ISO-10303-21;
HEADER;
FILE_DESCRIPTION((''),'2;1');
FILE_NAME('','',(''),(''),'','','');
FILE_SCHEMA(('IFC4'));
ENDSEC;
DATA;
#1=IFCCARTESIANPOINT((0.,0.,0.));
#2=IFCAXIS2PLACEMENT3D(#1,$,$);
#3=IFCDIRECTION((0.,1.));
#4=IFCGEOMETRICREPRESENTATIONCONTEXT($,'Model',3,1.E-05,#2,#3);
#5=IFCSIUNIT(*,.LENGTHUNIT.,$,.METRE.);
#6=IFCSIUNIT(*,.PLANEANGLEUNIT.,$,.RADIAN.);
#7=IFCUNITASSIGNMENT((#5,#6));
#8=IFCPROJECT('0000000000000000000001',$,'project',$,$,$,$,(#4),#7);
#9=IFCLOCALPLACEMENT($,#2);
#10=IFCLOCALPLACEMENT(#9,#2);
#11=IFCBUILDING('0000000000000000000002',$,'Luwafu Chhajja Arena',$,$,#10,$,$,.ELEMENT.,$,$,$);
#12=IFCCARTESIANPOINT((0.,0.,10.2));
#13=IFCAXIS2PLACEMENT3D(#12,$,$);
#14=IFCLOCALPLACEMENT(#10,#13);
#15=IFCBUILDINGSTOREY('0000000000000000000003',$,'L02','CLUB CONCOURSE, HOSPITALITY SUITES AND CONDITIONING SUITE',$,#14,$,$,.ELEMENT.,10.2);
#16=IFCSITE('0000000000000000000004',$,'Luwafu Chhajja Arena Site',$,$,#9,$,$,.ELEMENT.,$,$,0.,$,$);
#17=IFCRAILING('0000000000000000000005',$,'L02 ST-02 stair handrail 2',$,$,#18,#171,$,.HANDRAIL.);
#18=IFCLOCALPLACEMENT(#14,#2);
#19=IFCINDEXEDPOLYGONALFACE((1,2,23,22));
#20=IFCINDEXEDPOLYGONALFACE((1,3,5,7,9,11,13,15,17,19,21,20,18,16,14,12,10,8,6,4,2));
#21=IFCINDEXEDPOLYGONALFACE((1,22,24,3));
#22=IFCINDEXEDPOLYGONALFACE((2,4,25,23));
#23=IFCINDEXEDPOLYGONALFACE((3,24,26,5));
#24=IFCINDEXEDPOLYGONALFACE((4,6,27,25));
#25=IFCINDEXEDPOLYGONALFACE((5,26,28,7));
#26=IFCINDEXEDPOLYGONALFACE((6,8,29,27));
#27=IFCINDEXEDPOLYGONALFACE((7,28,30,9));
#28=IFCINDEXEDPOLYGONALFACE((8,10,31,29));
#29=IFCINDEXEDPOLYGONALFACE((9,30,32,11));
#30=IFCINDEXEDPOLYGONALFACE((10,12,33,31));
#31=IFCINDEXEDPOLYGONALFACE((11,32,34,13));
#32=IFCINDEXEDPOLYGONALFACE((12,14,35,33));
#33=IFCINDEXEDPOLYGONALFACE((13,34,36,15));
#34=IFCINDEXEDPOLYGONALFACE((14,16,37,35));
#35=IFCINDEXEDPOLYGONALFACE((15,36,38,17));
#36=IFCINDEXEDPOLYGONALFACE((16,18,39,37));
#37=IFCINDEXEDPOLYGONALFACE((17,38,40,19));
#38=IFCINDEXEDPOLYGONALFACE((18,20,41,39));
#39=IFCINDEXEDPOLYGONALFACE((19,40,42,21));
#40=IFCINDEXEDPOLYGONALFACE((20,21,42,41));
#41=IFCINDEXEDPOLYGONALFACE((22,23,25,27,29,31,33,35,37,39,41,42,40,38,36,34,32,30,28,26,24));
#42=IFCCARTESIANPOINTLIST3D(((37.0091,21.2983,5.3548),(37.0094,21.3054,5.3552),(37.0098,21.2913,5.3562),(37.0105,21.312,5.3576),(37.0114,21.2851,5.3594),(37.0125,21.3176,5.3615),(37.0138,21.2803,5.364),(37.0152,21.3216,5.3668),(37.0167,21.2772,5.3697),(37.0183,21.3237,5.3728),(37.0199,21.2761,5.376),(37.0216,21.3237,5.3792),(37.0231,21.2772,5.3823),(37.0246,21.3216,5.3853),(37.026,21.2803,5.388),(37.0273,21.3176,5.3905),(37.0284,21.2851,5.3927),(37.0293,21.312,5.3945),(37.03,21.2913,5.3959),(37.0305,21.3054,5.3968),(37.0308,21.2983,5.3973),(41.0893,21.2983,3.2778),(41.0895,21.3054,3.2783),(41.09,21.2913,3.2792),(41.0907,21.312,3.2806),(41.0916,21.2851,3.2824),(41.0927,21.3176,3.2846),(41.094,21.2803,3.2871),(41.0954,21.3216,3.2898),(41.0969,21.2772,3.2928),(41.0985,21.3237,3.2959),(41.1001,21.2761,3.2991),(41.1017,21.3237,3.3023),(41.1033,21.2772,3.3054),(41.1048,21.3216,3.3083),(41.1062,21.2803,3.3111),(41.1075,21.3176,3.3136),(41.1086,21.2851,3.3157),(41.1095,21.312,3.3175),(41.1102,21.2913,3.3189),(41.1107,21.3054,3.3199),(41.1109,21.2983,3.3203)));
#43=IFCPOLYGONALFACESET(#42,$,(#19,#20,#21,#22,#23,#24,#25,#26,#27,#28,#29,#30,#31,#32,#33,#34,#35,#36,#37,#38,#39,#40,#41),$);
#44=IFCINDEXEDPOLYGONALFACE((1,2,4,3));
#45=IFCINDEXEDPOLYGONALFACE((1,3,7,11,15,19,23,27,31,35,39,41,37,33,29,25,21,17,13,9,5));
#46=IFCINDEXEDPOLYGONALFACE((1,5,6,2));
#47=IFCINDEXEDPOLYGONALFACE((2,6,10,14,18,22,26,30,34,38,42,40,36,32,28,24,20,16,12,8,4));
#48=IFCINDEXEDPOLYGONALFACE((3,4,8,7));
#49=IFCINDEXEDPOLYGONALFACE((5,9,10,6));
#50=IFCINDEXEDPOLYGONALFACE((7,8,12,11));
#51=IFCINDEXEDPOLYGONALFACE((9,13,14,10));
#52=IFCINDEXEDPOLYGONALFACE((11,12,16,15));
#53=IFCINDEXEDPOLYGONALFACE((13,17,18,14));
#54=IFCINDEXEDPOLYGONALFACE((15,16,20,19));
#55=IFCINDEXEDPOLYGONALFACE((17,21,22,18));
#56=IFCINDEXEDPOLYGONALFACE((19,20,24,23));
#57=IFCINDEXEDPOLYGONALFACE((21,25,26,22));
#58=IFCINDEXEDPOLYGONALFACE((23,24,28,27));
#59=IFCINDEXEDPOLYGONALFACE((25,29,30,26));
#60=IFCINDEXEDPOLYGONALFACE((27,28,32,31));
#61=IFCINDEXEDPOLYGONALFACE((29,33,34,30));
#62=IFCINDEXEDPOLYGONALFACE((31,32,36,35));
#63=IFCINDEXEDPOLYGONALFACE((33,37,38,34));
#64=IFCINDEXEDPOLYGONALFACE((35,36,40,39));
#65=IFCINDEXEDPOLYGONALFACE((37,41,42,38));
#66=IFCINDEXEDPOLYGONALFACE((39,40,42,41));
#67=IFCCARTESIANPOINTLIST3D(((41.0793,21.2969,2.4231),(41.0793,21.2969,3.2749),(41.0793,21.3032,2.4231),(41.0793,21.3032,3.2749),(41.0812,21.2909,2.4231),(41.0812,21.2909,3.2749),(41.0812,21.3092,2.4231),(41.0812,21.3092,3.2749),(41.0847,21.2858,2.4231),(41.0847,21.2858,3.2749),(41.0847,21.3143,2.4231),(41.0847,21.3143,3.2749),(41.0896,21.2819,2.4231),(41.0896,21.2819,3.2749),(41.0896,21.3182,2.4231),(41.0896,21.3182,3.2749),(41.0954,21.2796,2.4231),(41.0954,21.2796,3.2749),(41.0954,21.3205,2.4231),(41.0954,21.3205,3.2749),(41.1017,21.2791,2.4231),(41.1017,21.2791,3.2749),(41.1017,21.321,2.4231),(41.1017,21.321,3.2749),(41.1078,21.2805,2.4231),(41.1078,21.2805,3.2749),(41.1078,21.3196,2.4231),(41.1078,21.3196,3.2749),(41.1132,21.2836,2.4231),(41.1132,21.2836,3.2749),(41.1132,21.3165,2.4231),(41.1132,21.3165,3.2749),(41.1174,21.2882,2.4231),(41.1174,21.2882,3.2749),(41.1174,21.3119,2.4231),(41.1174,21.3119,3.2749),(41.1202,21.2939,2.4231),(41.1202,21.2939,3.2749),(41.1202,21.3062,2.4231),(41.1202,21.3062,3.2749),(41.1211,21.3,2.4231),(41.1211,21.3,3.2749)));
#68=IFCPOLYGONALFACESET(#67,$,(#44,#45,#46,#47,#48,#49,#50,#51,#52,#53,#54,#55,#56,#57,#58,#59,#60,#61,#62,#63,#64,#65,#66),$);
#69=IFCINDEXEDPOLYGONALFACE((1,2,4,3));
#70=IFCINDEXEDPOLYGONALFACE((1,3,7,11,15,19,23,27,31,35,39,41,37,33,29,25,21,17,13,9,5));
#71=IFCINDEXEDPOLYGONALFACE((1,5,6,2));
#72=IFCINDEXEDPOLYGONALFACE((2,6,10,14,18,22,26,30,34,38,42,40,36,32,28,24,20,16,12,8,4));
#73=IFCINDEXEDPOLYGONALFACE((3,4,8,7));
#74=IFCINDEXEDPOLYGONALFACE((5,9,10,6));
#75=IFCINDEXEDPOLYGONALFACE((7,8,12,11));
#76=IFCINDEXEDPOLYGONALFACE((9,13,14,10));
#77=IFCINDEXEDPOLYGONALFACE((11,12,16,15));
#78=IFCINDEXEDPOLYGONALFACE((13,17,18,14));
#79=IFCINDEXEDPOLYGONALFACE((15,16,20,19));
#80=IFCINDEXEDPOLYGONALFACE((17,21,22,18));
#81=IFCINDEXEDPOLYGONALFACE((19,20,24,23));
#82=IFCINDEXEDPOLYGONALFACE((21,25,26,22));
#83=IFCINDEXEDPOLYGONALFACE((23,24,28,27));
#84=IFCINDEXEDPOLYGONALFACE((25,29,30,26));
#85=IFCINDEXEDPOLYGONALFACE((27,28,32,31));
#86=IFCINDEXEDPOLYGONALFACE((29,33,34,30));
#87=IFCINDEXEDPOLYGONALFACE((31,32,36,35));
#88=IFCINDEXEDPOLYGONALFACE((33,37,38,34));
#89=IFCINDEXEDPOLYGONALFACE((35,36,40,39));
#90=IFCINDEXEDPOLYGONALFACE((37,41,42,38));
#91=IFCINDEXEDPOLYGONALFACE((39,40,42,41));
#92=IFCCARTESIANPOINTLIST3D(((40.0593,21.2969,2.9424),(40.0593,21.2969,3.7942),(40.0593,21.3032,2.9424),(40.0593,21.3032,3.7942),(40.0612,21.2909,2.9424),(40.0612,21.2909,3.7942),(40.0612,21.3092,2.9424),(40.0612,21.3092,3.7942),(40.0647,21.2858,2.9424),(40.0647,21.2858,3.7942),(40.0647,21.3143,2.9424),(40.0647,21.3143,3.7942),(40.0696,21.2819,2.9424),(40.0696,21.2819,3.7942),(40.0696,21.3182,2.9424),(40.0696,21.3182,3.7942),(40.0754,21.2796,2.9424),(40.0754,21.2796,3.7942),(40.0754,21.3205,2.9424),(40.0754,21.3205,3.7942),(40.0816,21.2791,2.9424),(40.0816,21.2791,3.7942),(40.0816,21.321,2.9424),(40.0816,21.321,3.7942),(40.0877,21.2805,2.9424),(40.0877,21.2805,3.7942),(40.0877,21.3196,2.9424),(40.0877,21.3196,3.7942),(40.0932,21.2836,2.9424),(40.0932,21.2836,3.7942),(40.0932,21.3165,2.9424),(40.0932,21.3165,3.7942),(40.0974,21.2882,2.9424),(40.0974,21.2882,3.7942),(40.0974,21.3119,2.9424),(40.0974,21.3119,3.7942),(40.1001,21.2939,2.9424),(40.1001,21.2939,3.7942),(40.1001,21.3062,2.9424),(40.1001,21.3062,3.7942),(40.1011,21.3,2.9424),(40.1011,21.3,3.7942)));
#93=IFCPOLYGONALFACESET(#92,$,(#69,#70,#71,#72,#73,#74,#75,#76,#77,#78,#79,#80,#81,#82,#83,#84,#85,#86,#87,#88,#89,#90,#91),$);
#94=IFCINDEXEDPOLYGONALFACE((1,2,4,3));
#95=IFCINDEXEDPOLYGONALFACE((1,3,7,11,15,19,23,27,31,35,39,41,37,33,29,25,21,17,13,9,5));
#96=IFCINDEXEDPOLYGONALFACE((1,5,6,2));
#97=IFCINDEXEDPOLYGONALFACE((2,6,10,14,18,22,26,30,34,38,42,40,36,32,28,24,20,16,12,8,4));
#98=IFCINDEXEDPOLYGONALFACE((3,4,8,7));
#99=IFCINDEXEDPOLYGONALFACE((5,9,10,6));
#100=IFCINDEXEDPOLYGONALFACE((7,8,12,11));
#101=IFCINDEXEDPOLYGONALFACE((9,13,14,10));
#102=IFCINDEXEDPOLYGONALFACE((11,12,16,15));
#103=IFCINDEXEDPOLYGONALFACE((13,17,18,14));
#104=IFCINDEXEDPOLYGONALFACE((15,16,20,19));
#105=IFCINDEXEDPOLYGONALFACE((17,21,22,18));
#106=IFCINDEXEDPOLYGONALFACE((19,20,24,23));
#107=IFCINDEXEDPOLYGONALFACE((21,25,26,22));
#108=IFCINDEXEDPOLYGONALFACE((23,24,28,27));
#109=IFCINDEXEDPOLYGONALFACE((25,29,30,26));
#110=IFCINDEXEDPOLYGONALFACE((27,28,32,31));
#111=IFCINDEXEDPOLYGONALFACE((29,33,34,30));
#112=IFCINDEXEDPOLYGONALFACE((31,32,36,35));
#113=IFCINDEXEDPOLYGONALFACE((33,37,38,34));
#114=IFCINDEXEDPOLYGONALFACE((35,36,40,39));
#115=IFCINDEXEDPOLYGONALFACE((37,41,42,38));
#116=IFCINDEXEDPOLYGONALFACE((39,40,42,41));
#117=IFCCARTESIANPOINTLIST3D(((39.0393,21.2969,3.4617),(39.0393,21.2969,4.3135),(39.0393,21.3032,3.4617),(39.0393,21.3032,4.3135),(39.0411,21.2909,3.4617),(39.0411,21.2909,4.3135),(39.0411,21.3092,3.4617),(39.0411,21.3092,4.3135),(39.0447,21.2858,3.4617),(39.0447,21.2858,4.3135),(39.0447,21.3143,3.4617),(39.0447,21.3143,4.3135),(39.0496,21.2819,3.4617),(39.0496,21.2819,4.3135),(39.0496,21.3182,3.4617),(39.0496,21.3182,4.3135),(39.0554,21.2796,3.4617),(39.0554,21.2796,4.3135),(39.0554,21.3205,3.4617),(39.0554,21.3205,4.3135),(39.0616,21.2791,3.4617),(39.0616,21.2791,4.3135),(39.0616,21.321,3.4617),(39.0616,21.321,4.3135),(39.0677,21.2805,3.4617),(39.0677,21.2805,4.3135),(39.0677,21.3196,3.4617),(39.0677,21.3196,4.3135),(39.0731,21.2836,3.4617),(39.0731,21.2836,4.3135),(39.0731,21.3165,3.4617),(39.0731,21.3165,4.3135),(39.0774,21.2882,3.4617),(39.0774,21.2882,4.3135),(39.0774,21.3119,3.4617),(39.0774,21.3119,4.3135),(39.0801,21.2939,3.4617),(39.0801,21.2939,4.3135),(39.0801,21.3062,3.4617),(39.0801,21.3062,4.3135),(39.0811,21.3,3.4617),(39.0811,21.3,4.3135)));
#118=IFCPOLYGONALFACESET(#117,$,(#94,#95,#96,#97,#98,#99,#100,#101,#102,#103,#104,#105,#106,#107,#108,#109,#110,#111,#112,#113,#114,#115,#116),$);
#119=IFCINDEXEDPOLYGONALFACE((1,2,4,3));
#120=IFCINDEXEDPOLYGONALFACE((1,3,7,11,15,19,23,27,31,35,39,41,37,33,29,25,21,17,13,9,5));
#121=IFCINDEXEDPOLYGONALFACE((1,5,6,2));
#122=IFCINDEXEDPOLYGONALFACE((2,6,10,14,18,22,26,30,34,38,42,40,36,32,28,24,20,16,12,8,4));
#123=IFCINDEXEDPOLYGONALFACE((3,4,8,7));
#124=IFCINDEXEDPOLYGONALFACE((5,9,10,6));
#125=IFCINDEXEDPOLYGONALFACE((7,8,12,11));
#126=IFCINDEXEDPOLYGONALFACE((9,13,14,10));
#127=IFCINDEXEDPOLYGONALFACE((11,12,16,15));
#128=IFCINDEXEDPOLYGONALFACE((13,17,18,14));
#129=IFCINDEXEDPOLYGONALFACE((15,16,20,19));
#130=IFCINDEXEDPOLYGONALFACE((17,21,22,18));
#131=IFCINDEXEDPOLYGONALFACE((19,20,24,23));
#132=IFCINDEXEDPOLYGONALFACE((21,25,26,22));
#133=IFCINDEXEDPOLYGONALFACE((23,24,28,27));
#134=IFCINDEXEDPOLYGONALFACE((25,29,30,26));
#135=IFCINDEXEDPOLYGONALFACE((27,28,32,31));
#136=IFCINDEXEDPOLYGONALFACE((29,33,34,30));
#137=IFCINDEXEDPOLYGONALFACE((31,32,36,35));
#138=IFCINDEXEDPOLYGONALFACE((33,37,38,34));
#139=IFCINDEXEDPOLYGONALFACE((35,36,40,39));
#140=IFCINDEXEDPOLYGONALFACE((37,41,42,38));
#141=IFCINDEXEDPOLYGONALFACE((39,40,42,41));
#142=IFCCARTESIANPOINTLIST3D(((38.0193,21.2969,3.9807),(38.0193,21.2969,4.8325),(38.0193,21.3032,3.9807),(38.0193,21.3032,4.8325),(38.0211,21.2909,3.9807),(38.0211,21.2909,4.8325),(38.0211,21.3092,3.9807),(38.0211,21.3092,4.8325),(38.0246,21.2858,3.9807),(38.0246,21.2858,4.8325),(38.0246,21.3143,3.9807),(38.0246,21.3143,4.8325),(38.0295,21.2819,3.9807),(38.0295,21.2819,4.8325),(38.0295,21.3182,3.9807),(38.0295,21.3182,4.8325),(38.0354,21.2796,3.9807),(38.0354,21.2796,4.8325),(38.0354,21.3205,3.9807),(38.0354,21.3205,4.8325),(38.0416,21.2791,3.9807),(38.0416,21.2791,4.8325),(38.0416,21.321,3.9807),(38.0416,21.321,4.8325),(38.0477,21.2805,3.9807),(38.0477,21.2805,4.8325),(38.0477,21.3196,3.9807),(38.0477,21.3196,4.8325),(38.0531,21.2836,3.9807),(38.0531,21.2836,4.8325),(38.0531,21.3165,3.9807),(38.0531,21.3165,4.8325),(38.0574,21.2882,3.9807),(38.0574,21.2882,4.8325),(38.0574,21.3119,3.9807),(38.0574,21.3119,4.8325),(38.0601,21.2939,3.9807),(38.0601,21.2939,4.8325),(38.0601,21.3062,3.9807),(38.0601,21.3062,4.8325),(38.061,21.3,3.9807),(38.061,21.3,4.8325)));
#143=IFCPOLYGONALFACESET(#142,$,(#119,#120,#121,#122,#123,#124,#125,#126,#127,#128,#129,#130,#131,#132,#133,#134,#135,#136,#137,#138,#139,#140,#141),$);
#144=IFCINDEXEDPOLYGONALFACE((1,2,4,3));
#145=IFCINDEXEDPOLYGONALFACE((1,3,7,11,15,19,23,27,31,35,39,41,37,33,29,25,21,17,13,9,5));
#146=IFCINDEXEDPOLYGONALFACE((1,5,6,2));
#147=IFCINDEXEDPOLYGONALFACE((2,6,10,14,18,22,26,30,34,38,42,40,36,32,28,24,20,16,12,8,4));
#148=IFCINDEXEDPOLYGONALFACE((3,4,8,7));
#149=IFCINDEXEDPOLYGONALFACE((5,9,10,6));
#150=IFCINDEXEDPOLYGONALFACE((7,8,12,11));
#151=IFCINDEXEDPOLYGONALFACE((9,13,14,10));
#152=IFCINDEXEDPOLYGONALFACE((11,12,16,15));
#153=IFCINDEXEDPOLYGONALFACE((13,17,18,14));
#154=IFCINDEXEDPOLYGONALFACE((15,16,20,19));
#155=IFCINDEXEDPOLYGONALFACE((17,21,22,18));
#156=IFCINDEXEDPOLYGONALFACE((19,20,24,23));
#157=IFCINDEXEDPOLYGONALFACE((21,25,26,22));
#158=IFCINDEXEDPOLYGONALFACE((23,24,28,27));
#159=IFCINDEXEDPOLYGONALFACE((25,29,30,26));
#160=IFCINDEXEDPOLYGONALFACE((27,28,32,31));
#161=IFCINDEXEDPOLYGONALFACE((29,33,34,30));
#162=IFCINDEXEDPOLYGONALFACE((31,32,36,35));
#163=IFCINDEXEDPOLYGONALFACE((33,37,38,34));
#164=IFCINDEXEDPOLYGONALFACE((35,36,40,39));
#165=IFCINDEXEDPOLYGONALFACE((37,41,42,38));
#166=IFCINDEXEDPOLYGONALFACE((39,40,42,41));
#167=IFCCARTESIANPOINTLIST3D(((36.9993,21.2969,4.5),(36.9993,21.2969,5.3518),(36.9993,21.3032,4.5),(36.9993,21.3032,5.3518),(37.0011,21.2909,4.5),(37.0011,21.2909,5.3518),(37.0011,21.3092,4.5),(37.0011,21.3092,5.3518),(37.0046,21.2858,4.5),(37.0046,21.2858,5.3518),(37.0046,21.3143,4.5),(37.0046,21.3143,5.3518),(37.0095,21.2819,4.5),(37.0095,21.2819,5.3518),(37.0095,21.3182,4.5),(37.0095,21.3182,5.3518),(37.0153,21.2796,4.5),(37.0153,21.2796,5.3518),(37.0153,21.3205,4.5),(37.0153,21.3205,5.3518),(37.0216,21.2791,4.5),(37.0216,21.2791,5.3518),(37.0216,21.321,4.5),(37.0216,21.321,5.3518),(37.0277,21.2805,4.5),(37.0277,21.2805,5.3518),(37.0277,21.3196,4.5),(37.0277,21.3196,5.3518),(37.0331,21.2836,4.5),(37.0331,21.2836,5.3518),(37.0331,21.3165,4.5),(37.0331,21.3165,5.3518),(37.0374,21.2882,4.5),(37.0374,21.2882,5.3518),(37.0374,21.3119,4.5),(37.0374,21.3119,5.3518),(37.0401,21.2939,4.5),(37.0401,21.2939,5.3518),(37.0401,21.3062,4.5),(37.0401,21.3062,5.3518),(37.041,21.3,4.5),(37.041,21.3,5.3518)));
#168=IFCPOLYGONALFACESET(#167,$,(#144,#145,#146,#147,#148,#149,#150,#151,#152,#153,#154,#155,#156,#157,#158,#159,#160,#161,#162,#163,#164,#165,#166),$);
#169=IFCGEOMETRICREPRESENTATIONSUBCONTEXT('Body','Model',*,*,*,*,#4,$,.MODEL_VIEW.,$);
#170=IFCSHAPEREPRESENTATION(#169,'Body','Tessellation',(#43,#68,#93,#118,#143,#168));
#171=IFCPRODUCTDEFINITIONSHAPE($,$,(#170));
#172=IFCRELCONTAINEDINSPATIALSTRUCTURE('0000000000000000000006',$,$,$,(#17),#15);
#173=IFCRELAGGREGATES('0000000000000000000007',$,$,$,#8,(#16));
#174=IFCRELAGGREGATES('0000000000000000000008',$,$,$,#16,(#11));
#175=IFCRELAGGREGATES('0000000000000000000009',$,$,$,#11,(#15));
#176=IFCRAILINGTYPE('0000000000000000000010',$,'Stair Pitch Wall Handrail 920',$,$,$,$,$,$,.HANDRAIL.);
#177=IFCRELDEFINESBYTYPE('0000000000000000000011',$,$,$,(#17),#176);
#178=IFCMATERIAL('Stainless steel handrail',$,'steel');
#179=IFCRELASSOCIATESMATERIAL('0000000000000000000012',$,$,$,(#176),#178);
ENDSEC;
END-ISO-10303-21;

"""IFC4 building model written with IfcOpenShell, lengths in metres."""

from ifc_helpers import new_model, si_unit, direction, frame, origin, origin_2d, place, context, subcontext, project, spatial, circle, extrude, material, type_object, element, save


model = new_model("IFC4")

# Units and contexts
model_context = context("Model", 3, precision=1e-05, world=origin(), true_north=direction((0.0, 1.0)))
body_context = subcontext(model_context, "Body", "Model", "MODEL_VIEW")
ifc_project = project(units=[si_unit("LENGTHUNIT", "METRE"), si_unit("PLANEANGLEUNIT", "RADIAN")], contexts=[model_context])

# Site, building, storey
site_placement = place(None, origin())
site = spatial("IfcSite", under=ifc_project, at=site_placement, Name="Luwafu Chhajja Arena Site", CompositionType="ELEMENT", RefElevation=0.0)
building_placement = place(site_placement, origin())
building = spatial("IfcBuilding", under=site, at=building_placement, Name="Luwafu Chhajja Arena", CompositionType="ELEMENT")
storey_placement = place(building_placement, frame((0.0, 0.0, 10.2)))
storey = spatial("IfcBuildingStorey", under=building, at=storey_placement, Name="L02", Description="CLUB CONCOURSE, HOSPITALITY SUITES AND CONDITIONING SUITE", CompositionType="ELEMENT", Elevation=10.2)

# Railing
ifc_material_1 = material(Name="Stainless steel handrail", Category="steel")
railing_type_1 = type_object("IfcRailingType", Name="Stair Pitch Wall Handrail 920", PredefinedType="HANDRAIL", material=ifc_material_1)
railing_1_placement = place(storey_placement, frame((41.1001, 21.3, 2.4231)))
element("IfcRailing", 1, at=railing_1_placement, inside=storey, type_object=railing_type_1, Name="L02 ST-02 stair handrail 2", PredefinedType="HANDRAIL", context=body_context, shape_type="SweptSolid", body=[
    extrude(circle(Radius=0.0239, at=origin_2d()), frame((0.0, 0.0, 0.876), z_axis=(-0.891183, 0.0, 0.453644), x_axis=(0.0, -1.0, 0.0)), (0.0, 0.0, 1.0), 4.5784),
    extrude(circle(Radius=0.021, at=origin_2d()), origin(), (0.0, 0.0, 1.0), 0.8518),
    extrude(circle(Radius=0.021, at=origin_2d()), frame((-1.02, 0.0, 0.5193)), (0.0, 0.0, 1.0), 0.8518),
    extrude(circle(Radius=0.021, at=origin_2d()), frame((-2.04, 0.0, 1.0386)), (0.0, 0.0, 1.0), 0.8518),
    extrude(circle(Radius=0.021, at=origin_2d()), frame((-3.0601, 0.0, 1.5576)), (0.0, 0.0, 1.0), 0.8518),
    extrude(circle(Radius=0.021, at=origin_2d()), frame((-4.0801, 0.0, 2.0769)), (0.0, 0.0, 1.0), 0.8518),
])

save(model, "model.ifc")
